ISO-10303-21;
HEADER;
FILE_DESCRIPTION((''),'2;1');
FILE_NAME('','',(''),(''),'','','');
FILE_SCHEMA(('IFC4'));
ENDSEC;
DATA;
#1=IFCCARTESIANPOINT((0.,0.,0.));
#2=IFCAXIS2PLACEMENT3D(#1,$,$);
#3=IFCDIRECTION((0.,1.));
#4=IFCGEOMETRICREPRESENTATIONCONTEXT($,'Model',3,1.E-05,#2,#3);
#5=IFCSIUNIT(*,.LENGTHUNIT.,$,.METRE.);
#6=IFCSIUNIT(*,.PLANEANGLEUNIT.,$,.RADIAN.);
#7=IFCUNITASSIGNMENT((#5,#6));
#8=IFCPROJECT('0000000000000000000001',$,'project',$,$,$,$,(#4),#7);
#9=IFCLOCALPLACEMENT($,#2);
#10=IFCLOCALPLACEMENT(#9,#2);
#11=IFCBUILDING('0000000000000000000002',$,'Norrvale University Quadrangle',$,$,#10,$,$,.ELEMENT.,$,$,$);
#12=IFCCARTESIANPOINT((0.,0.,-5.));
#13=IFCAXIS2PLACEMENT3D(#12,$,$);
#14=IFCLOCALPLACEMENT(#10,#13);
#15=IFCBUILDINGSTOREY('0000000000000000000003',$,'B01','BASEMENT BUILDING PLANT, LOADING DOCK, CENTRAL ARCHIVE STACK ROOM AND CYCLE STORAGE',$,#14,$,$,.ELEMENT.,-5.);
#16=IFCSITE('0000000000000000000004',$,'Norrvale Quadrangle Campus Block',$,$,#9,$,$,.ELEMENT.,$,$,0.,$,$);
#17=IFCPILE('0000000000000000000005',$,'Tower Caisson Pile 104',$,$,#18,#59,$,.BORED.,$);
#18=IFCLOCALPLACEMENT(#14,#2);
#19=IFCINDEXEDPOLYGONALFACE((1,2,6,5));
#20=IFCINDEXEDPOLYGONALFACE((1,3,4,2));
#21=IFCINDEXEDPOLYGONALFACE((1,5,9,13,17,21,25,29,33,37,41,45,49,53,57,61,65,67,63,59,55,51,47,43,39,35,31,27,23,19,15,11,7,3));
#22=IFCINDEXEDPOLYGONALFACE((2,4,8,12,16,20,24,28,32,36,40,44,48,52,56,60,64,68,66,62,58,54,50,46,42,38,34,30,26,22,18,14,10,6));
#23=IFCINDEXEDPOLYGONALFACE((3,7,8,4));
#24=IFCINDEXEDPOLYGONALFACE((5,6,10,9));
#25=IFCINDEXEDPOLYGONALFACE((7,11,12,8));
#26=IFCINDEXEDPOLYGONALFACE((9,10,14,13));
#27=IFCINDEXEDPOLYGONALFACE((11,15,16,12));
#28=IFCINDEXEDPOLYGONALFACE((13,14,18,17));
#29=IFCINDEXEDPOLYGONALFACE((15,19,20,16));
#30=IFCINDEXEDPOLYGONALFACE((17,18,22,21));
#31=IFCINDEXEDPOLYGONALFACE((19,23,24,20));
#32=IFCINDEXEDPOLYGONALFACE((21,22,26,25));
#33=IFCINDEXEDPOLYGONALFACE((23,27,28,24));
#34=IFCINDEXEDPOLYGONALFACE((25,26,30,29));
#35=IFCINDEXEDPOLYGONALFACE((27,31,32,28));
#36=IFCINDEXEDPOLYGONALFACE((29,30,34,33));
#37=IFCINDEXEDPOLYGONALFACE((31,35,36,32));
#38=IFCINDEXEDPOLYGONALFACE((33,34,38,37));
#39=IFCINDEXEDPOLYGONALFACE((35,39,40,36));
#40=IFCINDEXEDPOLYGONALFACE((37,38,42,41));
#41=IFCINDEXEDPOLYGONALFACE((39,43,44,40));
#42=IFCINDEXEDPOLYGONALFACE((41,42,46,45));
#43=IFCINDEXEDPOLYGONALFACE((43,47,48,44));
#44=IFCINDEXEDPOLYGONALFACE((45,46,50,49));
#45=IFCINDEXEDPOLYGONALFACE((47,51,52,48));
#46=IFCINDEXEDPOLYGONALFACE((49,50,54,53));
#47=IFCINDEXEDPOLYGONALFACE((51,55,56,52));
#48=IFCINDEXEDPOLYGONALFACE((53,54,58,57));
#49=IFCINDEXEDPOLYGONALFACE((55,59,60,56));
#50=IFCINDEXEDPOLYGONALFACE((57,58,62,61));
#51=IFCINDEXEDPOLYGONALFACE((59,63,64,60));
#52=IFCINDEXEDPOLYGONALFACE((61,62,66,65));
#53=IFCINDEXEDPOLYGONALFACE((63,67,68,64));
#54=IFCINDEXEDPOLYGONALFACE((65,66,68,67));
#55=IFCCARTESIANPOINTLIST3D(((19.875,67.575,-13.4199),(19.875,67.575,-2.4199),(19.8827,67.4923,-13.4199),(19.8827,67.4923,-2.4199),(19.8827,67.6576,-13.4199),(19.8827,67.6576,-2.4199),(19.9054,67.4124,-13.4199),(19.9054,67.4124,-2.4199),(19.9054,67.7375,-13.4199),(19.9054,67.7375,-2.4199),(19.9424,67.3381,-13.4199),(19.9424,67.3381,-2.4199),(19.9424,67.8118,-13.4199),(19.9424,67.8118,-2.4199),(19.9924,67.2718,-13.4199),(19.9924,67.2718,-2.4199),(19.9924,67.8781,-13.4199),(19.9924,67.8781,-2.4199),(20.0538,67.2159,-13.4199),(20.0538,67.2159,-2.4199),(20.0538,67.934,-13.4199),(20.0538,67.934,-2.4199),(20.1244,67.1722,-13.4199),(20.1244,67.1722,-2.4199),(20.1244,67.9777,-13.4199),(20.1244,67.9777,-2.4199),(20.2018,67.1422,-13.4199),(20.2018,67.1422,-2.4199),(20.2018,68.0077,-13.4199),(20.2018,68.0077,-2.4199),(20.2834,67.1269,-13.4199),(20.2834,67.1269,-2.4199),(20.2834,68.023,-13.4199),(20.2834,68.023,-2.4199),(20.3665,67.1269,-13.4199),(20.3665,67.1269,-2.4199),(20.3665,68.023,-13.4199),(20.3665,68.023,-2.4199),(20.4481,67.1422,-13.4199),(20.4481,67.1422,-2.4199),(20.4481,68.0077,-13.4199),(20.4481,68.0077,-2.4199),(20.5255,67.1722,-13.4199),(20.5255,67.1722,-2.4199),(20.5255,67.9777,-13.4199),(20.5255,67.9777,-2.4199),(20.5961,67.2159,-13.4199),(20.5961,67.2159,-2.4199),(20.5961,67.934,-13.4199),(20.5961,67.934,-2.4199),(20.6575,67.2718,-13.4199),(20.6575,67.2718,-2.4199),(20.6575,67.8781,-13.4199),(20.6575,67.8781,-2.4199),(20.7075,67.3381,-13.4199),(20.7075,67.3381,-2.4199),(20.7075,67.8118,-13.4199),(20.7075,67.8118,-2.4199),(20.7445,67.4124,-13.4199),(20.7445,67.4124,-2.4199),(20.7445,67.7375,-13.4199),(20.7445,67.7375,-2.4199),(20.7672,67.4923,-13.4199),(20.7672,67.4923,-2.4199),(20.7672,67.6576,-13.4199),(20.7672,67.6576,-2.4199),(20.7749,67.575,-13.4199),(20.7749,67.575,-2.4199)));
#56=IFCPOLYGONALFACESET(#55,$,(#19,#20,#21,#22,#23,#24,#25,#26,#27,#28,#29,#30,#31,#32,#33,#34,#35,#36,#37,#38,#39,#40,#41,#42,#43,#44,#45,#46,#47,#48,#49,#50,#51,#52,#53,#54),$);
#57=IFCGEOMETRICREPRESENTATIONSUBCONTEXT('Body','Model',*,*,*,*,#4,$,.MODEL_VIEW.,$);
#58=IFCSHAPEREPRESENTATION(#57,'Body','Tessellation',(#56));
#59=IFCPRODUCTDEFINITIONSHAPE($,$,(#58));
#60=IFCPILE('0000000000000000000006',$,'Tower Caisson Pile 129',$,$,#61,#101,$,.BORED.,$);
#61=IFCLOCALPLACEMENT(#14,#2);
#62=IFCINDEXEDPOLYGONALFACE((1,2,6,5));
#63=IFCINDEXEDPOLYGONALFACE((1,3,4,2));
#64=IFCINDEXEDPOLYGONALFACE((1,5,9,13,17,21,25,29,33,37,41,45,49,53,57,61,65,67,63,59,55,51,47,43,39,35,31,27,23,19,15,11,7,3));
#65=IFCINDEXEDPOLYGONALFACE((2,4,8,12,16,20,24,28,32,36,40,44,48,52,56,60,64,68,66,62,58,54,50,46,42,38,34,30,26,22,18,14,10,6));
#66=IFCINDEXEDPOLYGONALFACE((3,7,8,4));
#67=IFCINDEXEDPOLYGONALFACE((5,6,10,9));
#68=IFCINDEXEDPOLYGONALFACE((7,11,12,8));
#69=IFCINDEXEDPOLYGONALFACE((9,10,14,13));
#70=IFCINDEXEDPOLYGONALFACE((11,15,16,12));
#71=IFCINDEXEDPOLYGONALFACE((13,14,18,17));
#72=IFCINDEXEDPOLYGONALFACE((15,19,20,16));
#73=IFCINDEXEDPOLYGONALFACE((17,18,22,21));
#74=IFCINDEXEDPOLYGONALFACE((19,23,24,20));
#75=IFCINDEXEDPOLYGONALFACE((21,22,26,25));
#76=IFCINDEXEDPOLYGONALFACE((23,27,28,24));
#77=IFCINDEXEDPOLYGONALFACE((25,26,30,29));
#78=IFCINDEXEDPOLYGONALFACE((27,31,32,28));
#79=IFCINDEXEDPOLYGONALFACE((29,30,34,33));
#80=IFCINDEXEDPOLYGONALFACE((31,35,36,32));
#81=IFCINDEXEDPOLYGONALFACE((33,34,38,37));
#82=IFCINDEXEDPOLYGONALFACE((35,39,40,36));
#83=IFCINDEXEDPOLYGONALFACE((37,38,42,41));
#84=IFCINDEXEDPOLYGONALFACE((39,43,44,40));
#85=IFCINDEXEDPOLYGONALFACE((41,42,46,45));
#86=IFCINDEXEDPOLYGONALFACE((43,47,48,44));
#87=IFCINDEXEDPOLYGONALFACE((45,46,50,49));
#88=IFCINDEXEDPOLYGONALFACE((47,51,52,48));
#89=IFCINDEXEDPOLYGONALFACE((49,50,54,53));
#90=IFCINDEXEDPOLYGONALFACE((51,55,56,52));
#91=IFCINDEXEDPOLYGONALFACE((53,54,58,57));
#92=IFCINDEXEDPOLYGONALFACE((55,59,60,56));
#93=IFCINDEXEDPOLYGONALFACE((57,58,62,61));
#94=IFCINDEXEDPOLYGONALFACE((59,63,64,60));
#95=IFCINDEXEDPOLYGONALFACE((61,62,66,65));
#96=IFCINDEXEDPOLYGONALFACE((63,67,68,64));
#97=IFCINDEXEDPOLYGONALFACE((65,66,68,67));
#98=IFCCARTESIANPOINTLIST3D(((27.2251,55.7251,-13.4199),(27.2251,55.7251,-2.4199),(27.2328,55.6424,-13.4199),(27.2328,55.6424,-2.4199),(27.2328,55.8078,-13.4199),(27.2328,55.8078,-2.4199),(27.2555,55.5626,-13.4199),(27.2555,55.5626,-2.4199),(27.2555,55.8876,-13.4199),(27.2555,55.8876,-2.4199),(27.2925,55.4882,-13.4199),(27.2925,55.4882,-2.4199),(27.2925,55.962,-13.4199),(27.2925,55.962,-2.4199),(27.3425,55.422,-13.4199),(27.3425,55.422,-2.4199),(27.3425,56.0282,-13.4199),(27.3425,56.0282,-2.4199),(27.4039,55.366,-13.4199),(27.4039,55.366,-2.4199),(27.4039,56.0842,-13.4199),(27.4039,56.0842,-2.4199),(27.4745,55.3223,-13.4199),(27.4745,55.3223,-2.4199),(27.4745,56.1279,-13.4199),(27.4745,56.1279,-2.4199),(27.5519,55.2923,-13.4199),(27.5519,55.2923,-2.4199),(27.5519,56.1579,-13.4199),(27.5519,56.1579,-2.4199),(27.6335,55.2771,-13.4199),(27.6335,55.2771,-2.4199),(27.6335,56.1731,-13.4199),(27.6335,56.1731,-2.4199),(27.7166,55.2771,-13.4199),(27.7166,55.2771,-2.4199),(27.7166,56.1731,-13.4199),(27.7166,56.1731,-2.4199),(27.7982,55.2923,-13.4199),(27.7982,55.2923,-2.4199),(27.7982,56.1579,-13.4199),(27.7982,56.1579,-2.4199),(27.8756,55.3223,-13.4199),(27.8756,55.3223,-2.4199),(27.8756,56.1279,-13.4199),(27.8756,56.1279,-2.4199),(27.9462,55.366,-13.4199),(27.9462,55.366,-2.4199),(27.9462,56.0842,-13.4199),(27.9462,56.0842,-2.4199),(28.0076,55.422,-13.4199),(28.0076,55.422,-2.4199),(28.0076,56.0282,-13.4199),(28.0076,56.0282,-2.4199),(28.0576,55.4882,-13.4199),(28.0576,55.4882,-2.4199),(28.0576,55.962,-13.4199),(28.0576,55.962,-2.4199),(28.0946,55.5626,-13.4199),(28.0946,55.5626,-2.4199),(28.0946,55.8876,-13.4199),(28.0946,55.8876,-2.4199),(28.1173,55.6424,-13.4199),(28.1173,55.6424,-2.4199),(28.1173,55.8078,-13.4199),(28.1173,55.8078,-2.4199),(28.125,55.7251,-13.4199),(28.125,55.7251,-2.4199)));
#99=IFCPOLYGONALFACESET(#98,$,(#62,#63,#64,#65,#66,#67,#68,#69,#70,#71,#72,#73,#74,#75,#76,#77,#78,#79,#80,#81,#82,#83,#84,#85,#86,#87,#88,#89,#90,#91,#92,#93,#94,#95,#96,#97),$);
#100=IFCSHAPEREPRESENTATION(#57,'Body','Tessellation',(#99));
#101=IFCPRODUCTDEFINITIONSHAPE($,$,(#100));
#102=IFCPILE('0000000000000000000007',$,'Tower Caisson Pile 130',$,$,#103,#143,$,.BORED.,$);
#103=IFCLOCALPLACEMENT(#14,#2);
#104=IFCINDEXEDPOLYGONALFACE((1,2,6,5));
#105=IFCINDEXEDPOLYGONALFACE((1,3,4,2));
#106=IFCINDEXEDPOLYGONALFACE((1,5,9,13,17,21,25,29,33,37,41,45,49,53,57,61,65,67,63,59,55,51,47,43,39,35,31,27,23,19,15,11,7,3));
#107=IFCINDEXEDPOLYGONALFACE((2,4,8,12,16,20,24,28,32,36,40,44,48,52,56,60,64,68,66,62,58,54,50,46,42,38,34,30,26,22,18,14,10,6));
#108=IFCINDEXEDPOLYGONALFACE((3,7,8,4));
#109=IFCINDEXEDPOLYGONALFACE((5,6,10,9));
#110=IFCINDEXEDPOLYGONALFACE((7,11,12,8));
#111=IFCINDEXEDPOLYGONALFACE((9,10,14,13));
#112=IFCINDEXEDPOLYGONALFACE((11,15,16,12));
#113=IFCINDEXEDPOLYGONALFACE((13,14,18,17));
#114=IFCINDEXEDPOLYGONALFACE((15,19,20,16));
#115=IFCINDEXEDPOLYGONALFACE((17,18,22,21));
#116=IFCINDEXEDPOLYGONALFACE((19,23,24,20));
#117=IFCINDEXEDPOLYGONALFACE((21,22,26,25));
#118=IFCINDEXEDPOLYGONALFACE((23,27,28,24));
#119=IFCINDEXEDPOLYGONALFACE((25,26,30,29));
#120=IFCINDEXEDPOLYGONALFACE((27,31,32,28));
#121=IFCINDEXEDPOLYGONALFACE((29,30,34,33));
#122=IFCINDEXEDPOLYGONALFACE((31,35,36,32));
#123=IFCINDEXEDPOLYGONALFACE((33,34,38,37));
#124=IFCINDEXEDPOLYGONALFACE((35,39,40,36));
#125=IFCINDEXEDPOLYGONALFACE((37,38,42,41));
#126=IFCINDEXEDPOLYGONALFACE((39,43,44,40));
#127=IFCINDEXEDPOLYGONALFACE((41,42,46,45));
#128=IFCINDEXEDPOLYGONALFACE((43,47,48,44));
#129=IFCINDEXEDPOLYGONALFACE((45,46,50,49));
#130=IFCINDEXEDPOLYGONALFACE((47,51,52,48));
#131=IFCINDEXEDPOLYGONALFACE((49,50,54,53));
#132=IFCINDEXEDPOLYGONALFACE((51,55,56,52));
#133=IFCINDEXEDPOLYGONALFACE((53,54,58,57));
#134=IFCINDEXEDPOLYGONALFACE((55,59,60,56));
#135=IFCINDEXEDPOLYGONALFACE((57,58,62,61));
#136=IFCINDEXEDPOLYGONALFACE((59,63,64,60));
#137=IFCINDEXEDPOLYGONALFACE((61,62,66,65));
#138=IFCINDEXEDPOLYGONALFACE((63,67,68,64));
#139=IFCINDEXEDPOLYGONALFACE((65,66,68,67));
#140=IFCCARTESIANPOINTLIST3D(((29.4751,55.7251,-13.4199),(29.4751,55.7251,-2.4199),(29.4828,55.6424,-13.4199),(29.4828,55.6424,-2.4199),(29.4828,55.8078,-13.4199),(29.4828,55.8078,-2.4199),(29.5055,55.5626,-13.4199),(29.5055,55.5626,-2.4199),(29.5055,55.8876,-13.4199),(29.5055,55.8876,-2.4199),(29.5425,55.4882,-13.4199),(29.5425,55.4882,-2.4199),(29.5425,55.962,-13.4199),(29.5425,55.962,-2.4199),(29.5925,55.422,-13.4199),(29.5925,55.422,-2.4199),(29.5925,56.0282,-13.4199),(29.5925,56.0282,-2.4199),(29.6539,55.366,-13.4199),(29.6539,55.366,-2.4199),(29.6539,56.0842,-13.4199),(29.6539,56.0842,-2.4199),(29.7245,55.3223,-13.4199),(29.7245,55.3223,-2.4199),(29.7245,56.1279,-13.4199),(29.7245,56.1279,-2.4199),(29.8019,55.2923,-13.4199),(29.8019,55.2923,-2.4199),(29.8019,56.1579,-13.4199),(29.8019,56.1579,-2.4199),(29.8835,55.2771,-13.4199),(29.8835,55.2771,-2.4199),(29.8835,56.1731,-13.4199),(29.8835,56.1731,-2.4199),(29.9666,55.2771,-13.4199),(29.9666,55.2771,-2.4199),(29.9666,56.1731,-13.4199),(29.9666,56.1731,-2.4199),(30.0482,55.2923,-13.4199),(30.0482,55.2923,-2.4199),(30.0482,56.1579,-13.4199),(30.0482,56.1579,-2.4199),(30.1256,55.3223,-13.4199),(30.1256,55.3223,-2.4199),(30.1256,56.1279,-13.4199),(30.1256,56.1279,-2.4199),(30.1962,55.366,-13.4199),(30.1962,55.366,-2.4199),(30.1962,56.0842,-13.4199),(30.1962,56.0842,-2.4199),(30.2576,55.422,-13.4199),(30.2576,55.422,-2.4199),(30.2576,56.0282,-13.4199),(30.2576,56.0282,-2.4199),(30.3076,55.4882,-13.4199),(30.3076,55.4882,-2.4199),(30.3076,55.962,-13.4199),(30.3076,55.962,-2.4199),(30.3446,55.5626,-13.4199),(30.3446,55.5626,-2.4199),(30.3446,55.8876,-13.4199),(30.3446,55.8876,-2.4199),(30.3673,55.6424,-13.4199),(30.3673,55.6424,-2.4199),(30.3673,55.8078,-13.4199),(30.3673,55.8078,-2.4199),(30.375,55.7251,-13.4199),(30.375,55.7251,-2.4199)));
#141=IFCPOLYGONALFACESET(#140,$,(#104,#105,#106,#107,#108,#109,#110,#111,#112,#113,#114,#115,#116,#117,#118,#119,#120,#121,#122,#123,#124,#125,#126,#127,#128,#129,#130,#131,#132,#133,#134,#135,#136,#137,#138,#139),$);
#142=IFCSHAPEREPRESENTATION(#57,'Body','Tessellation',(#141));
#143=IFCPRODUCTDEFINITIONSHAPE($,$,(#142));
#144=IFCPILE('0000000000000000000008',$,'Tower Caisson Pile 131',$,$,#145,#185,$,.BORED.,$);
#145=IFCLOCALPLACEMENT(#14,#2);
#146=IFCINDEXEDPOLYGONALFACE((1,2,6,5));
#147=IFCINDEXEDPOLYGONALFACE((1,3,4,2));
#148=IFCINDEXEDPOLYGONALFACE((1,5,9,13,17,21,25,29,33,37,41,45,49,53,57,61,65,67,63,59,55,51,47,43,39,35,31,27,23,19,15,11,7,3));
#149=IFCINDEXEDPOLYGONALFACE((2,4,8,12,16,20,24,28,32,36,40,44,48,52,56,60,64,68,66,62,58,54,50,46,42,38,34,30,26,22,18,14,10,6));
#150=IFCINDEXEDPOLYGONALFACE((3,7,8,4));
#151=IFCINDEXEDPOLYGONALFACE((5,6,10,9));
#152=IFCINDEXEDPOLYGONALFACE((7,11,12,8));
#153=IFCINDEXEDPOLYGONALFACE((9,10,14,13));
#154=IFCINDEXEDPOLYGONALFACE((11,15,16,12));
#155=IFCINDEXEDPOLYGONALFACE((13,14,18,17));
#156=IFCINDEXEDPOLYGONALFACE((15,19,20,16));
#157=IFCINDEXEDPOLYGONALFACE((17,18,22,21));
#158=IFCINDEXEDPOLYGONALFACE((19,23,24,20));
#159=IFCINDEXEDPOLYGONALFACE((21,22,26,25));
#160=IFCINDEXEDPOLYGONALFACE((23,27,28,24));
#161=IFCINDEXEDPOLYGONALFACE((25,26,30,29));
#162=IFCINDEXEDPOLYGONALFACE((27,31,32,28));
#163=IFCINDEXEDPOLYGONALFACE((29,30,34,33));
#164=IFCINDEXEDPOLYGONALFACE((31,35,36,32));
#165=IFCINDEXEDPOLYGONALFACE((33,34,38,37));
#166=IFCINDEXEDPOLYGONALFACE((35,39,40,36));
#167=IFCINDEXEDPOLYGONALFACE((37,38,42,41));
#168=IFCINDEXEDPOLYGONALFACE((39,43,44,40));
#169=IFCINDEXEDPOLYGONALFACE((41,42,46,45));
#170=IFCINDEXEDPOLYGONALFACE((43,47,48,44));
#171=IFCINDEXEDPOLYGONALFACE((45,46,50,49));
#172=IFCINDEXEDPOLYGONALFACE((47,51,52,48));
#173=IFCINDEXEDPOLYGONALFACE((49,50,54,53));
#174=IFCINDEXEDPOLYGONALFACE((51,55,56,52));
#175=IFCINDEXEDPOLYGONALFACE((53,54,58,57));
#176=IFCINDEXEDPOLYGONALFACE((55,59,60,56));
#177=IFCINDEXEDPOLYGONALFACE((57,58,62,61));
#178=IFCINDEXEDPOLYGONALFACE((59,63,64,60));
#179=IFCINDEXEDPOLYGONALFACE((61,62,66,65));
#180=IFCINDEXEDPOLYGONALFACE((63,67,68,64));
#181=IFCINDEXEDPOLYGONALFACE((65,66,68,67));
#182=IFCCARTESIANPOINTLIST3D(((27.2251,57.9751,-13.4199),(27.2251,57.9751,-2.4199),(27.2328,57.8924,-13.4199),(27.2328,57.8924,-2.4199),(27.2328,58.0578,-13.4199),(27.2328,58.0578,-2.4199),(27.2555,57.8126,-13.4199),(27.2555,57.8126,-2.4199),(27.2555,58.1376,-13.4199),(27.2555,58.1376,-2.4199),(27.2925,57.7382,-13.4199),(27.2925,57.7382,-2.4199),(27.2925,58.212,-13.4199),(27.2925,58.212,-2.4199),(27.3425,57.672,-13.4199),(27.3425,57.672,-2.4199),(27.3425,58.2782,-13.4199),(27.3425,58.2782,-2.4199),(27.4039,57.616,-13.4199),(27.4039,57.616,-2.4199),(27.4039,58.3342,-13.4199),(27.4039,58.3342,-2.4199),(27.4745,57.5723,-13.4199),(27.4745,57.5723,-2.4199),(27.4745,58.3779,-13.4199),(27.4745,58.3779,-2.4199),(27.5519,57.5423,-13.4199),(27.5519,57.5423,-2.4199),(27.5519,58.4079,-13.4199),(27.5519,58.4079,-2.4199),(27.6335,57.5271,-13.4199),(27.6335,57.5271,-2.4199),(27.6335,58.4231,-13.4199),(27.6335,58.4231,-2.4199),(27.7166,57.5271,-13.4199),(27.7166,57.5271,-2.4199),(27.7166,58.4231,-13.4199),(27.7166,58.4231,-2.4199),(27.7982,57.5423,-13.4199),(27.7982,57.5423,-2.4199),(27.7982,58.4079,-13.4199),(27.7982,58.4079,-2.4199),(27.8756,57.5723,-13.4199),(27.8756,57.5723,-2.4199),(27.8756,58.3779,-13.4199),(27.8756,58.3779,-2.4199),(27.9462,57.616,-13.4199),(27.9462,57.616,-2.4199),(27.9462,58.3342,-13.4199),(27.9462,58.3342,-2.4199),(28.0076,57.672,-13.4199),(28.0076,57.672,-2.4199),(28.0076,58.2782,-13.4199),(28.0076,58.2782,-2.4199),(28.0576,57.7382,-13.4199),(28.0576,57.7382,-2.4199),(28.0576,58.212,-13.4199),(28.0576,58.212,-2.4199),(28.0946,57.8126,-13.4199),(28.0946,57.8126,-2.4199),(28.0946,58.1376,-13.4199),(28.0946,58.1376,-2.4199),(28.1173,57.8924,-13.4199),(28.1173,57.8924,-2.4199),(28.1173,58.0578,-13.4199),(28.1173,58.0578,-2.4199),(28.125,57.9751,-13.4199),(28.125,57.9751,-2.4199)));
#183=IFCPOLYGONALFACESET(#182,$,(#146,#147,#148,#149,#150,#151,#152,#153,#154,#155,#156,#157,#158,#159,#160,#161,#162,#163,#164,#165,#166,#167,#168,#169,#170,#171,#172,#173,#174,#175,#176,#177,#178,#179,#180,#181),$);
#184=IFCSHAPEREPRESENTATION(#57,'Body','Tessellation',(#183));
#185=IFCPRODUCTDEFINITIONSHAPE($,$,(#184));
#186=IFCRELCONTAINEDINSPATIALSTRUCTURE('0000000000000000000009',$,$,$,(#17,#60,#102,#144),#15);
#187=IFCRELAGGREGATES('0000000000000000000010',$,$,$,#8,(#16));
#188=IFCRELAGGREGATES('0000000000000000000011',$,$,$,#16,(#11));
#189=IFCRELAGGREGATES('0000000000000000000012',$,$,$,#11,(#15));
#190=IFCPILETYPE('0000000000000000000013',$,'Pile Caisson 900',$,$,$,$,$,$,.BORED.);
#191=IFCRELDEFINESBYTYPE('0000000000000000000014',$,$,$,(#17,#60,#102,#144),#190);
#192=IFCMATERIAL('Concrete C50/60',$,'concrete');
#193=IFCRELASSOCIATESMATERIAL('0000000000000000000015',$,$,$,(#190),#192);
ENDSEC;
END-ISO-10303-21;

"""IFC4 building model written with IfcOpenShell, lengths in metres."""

from ifc_helpers import new_model, si_unit, direction, frame, origin, origin_2d, place, context, subcontext, project, spatial, circle, extrude, material, material_profile, profile_set, type_object, element, save


model = new_model("IFC4")

# Units and contexts
model_context = context("Model", 3, precision=1e-05, world=origin(), true_north=direction((0.0, 1.0)))
body_context = subcontext(model_context, "Body", "Model", "MODEL_VIEW")
ifc_project = project(units=[si_unit("LENGTHUNIT", "METRE"), si_unit("PLANEANGLEUNIT", "RADIAN")], contexts=[model_context])

# Site, building, storey
site_placement = place(None, origin())
site = spatial("IfcSite", under=ifc_project, at=site_placement, Name="Norrvale Quadrangle Campus Block", CompositionType="ELEMENT", RefElevation=0.0)
building_placement = place(site_placement, origin())
building = spatial("IfcBuilding", under=site, at=building_placement, Name="Norrvale University Quadrangle", CompositionType="ELEMENT")
storey_placement = place(building_placement, frame((0.0, 0.0, -5.0)))
storey = spatial("IfcBuildingStorey", under=building, at=storey_placement, Name="B01", Description="BASEMENT BUILDING PLANT, LOADING DOCK, CENTRAL ARCHIVE STACK ROOM AND CYCLE STORAGE", CompositionType="ELEMENT", Elevation=-5.0)

# Shared definitions
ifc_material_1 = material(Name="Concrete C50/60", Category="concrete")

# Piles
ifc_material_profile_1 = material_profile(ifc_material_1, circle(Radius=0.45, at=origin_2d()), Name="Concrete C50/60")
ifc_profile_set_1 = profile_set([ifc_material_profile_1], Name="Concrete C50/60")
pile_type_1 = type_object("IfcPileType", Name="Pile Caisson 900", PredefinedType="BORED", material=ifc_profile_set_1)
for number, where, z_axis, x_axis, name in (
    (1, (20.325, 67.575, -2.4199), (0.0, 0.0, -1.0), (1.0, 0.0, 0.0), "Tower Caisson Pile 104"),
    (2, (27.675, 55.7251, -2.4199), (0.0, 0.0, -1.0), (1.0, 0.0, 0.0), "Tower Caisson Pile 129"),
    (3, (29.925, 55.7251, -2.4199), (0.0, 0.0, -1.0), (1.0, 0.0, 0.0), "Tower Caisson Pile 130"),
    (4, (27.675, 57.9751, -2.4199), (0.0, 0.0, -1.0), (1.0, 0.0, 0.0), "Tower Caisson Pile 131"),
):
    element("IfcPile", number, at=place(storey_placement, frame(where, z_axis=z_axis, x_axis=x_axis)), inside=storey, type_object=pile_type_1, Name=name, PredefinedType="BORED", context=body_context, shape_type="SweptSolid", body=[
        extrude(circle(Radius=0.45, at=origin_2d()), origin(), (0.0, 0.0, 1.0), 11.0),
    ])

save(model, "model.ifc")
